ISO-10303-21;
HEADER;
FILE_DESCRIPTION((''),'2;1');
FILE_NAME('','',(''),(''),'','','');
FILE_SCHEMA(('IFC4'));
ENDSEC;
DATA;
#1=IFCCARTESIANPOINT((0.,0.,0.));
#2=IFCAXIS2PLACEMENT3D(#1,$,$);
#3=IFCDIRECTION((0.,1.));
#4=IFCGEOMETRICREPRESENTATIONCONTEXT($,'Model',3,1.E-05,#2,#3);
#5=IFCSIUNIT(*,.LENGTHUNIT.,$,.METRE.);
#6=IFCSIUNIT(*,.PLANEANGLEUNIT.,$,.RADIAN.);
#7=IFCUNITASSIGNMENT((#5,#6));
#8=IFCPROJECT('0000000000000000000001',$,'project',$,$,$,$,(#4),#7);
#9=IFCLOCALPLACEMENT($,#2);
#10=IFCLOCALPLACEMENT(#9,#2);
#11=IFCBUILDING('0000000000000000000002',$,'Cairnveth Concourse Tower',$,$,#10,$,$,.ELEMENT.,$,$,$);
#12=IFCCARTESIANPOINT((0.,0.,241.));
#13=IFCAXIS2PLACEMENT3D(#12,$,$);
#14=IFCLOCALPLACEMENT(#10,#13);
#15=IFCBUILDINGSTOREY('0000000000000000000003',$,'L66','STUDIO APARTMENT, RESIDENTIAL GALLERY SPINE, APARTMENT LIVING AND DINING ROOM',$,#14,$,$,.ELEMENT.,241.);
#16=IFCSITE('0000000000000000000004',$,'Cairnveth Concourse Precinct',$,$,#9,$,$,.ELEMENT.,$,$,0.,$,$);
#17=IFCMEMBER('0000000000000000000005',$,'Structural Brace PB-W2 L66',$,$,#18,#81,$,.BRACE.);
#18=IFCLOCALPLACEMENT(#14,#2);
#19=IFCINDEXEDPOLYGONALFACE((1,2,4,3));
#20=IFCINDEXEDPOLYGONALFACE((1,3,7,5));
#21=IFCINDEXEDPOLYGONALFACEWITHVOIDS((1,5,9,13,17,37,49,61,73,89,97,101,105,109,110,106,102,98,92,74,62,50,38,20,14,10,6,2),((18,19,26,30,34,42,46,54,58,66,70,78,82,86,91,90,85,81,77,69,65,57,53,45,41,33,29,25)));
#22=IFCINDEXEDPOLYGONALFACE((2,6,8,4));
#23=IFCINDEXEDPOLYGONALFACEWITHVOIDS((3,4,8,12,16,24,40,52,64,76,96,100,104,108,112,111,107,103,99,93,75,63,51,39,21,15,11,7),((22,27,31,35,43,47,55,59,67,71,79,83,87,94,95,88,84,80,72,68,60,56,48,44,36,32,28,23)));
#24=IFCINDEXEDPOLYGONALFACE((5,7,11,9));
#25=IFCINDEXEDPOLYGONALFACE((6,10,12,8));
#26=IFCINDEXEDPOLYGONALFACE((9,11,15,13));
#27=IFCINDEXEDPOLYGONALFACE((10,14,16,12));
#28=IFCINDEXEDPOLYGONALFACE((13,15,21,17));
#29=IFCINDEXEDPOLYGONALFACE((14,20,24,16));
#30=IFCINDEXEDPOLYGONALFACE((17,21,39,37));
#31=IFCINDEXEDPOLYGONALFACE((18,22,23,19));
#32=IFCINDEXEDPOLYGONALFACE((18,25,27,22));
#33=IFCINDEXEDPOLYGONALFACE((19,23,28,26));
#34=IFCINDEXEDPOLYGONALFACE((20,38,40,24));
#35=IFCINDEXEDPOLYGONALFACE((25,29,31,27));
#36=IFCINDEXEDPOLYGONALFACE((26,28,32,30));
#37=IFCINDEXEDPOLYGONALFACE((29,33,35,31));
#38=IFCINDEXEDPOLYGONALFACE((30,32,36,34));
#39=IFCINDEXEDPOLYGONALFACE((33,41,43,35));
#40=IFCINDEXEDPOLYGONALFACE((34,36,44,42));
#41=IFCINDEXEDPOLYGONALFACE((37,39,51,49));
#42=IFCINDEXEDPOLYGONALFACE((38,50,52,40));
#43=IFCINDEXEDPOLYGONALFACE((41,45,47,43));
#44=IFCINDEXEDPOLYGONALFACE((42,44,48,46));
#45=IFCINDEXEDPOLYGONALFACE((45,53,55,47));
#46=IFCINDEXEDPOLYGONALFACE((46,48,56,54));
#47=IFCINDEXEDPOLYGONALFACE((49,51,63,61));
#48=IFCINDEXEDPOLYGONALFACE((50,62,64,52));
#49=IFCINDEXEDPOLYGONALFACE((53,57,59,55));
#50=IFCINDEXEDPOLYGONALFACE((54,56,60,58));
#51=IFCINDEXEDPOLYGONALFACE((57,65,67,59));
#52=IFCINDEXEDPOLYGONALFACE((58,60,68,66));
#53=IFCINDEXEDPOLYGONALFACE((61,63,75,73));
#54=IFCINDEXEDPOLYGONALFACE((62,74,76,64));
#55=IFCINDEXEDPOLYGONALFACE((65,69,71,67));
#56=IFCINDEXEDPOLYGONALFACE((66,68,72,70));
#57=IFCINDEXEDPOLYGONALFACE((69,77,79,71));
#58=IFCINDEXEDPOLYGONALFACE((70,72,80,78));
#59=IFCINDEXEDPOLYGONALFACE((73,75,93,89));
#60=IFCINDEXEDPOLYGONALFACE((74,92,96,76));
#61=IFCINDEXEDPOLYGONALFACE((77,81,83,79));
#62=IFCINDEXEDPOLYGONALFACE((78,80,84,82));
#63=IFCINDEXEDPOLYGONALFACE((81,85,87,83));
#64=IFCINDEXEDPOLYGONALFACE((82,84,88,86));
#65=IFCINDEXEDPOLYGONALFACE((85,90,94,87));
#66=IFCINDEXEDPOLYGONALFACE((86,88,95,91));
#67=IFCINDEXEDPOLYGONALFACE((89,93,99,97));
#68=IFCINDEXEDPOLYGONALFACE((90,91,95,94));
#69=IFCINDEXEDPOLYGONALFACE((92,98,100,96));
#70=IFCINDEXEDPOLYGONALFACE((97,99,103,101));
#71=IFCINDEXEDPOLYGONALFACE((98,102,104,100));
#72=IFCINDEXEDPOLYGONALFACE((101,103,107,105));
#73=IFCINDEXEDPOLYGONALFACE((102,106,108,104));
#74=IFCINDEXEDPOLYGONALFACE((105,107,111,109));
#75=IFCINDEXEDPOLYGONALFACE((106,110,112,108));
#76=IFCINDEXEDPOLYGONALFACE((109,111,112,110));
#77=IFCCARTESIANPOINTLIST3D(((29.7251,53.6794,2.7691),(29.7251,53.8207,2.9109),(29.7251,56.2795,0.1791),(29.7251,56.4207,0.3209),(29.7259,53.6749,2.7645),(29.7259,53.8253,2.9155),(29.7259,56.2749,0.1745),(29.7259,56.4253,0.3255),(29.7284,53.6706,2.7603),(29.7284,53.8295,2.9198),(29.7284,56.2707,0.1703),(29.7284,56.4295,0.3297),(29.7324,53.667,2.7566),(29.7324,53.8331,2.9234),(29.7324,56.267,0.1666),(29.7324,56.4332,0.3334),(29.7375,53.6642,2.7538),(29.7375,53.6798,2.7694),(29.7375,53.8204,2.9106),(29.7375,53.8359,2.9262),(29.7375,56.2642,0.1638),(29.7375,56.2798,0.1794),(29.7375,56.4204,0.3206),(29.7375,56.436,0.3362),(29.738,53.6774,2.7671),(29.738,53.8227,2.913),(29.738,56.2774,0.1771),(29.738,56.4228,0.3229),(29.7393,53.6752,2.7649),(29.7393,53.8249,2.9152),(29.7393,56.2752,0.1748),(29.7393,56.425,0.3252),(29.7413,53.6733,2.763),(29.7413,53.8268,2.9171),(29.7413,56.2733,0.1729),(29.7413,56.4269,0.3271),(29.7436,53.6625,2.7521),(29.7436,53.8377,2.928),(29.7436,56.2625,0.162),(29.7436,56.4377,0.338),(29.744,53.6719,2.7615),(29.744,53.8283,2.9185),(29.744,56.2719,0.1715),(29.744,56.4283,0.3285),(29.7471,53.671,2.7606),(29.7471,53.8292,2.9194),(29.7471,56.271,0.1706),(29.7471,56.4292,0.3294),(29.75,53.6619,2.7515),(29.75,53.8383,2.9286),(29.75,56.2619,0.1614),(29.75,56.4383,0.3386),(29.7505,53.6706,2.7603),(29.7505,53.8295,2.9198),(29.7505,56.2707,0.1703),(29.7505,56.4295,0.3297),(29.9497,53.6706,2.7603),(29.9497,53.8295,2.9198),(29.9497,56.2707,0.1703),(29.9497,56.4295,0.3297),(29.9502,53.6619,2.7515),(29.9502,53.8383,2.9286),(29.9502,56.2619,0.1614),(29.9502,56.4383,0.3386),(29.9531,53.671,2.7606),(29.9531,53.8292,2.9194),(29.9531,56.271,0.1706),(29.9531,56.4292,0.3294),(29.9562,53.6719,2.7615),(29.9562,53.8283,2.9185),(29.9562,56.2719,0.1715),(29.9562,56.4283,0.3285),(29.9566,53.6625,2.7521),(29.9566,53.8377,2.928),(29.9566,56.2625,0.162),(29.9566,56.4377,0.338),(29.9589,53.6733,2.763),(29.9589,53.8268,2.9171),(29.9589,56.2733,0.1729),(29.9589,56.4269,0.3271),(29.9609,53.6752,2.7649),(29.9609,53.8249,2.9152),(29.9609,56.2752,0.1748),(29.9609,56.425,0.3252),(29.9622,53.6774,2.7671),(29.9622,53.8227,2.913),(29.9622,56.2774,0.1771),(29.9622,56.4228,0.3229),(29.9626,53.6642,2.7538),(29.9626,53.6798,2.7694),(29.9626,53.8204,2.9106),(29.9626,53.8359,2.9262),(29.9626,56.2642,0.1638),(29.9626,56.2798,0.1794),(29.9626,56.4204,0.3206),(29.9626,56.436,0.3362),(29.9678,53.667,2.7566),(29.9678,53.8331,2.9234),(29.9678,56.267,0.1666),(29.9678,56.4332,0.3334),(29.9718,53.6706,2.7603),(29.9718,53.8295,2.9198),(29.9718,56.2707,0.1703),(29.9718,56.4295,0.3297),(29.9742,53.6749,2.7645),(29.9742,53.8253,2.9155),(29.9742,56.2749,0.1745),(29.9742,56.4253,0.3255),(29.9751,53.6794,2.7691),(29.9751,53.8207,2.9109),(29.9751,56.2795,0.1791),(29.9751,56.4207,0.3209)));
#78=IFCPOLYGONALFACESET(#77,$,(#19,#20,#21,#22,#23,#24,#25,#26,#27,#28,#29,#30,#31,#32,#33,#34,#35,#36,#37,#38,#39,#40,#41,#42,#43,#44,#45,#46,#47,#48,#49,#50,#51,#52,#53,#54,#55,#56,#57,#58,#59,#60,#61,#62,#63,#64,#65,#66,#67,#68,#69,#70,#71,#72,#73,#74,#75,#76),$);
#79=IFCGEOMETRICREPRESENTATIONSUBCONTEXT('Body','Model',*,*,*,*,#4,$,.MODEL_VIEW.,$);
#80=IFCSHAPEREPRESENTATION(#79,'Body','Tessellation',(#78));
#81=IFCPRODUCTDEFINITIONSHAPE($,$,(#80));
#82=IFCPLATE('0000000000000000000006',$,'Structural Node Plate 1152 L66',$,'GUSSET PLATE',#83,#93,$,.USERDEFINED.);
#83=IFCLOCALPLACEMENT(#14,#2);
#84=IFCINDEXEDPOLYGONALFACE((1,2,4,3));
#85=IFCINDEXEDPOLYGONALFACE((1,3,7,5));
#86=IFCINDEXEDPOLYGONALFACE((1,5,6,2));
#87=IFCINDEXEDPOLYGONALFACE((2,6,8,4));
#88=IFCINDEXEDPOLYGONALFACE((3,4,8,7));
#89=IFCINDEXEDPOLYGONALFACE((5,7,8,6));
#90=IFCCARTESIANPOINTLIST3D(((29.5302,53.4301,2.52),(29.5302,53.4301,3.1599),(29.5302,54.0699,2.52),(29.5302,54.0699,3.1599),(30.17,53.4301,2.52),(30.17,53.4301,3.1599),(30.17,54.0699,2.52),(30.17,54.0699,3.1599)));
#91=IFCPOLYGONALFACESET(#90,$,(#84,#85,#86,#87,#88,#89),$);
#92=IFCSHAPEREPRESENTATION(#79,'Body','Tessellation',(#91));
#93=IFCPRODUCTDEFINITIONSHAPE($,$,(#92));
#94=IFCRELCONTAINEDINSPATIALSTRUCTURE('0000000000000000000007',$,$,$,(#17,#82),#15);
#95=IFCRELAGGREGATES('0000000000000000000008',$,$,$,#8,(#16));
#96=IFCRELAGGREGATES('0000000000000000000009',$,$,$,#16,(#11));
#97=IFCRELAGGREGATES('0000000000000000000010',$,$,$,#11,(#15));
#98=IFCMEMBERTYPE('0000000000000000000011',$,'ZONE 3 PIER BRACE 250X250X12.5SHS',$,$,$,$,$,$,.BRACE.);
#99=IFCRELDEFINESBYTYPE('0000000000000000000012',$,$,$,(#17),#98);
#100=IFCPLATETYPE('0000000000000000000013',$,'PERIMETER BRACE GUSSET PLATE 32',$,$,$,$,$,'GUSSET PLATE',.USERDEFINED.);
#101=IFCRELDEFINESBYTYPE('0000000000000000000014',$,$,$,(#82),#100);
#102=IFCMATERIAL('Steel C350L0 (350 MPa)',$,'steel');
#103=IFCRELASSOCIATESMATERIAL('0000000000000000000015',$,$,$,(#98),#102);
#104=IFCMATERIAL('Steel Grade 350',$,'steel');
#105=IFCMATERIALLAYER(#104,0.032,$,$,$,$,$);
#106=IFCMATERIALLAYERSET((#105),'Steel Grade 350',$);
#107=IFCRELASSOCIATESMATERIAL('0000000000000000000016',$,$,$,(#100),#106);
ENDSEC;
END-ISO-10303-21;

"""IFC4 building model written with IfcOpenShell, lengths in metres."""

from ifc_helpers import new_model, si_unit, direction, frame, origin, origin_2d, place, context, subcontext, project, spatial, rectangle, hollow_rectangle, extrude, material, layer, layer_set, material_profile, profile_set, type_object, element, save


model = new_model("IFC4")

# Units and contexts
model_context = context("Model", 3, precision=1e-05, world=origin(), true_north=direction((0.0, 1.0)))
body_context = subcontext(model_context, "Body", "Model", "MODEL_VIEW")
ifc_project = project(units=[si_unit("LENGTHUNIT", "METRE"), si_unit("PLANEANGLEUNIT", "RADIAN")], contexts=[model_context])

# Site, building, storey
site_placement = place(None, origin())
site = spatial("IfcSite", under=ifc_project, at=site_placement, Name="Cairnveth Concourse Precinct", CompositionType="ELEMENT", RefElevation=0.0)
building_placement = place(site_placement, origin())
building = spatial("IfcBuilding", under=site, at=building_placement, Name="Cairnveth Concourse Tower", CompositionType="ELEMENT")
storey_placement = place(building_placement, frame((0.0, 0.0, 241.0)))
storey = spatial("IfcBuildingStorey", under=building, at=storey_placement, Name="L66", Description="STUDIO APARTMENT, RESIDENTIAL GALLERY SPINE, APARTMENT LIVING AND DINING ROOM", CompositionType="ELEMENT", Elevation=241.0)

# Member
ifc_material_1 = material(Name="Steel C350L0 (350 MPa)", Category="steel")
ifc_material_profile = material_profile(ifc_material_1, hollow_rectangle(XDim=0.25, YDim=0.25, WallThickness=0.0125, InnerFilletRadius=0.0129, OuterFilletRadius=0.0249, at=origin_2d()), Name="250x250x12.5SHS")
ifc_profile_set = profile_set([ifc_material_profile], Name="Steel C350L0 (350 MPa)")
member_type = type_object("IfcMemberType", Name="ZONE 3 PIER BRACE 250X250X12.5SHS", PredefinedType="BRACE", material=ifc_profile_set)
member_placement = place(storey_placement, frame((29.8501, 56.3501, 0.25), z_axis=(0.0, -0.708469, 0.705742), x_axis=(1.0, 0.0, 0.0)))
element("IfcMember", 1, at=member_placement, inside=storey, type_object=member_type, Name="Structural Brace PB-W2 L66", PredefinedType="BRACE", context=body_context, shape_type="SweptSolid", body=[
    extrude(hollow_rectangle(XDim=0.25, YDim=0.25, WallThickness=0.0125, InnerFilletRadius=0.0129, OuterFilletRadius=0.0249, at=origin_2d()), origin(), (0.0, 0.0, 1.0), 3.6699),
])

# Plate
ifc_material_2 = material(Name="Steel Grade 350", Category="steel")
ifc_layer_1 = layer(ifc_material_2, 0.032)
ifc_layer_set_1 = layer_set([ifc_layer_1], Name="Steel Grade 350")
plate_type = type_object("IfcPlateType", Name="PERIMETER BRACE GUSSET PLATE 32", ElementType="GUSSET PLATE", PredefinedType="USERDEFINED", material=ifc_layer_set_1)
plate_placement = place(storey_placement, frame((29.8501, 53.75, 2.52), z_axis=(0.0, 0.0, 1.0), x_axis=(1.0, 0.0, 0.0)))
element("IfcPlate", 2, at=plate_placement, inside=storey, type_object=plate_type, Name="Structural Node Plate 1152 L66", ObjectType="GUSSET PLATE", PredefinedType="USERDEFINED", context=body_context, shape_type="SweptSolid", body=[
    extrude(rectangle(XDim=0.6399, YDim=0.6399, at=origin_2d()), origin(), (0.0, 0.0, 1.0), 0.6399),
])

save(model, "model.ifc")
